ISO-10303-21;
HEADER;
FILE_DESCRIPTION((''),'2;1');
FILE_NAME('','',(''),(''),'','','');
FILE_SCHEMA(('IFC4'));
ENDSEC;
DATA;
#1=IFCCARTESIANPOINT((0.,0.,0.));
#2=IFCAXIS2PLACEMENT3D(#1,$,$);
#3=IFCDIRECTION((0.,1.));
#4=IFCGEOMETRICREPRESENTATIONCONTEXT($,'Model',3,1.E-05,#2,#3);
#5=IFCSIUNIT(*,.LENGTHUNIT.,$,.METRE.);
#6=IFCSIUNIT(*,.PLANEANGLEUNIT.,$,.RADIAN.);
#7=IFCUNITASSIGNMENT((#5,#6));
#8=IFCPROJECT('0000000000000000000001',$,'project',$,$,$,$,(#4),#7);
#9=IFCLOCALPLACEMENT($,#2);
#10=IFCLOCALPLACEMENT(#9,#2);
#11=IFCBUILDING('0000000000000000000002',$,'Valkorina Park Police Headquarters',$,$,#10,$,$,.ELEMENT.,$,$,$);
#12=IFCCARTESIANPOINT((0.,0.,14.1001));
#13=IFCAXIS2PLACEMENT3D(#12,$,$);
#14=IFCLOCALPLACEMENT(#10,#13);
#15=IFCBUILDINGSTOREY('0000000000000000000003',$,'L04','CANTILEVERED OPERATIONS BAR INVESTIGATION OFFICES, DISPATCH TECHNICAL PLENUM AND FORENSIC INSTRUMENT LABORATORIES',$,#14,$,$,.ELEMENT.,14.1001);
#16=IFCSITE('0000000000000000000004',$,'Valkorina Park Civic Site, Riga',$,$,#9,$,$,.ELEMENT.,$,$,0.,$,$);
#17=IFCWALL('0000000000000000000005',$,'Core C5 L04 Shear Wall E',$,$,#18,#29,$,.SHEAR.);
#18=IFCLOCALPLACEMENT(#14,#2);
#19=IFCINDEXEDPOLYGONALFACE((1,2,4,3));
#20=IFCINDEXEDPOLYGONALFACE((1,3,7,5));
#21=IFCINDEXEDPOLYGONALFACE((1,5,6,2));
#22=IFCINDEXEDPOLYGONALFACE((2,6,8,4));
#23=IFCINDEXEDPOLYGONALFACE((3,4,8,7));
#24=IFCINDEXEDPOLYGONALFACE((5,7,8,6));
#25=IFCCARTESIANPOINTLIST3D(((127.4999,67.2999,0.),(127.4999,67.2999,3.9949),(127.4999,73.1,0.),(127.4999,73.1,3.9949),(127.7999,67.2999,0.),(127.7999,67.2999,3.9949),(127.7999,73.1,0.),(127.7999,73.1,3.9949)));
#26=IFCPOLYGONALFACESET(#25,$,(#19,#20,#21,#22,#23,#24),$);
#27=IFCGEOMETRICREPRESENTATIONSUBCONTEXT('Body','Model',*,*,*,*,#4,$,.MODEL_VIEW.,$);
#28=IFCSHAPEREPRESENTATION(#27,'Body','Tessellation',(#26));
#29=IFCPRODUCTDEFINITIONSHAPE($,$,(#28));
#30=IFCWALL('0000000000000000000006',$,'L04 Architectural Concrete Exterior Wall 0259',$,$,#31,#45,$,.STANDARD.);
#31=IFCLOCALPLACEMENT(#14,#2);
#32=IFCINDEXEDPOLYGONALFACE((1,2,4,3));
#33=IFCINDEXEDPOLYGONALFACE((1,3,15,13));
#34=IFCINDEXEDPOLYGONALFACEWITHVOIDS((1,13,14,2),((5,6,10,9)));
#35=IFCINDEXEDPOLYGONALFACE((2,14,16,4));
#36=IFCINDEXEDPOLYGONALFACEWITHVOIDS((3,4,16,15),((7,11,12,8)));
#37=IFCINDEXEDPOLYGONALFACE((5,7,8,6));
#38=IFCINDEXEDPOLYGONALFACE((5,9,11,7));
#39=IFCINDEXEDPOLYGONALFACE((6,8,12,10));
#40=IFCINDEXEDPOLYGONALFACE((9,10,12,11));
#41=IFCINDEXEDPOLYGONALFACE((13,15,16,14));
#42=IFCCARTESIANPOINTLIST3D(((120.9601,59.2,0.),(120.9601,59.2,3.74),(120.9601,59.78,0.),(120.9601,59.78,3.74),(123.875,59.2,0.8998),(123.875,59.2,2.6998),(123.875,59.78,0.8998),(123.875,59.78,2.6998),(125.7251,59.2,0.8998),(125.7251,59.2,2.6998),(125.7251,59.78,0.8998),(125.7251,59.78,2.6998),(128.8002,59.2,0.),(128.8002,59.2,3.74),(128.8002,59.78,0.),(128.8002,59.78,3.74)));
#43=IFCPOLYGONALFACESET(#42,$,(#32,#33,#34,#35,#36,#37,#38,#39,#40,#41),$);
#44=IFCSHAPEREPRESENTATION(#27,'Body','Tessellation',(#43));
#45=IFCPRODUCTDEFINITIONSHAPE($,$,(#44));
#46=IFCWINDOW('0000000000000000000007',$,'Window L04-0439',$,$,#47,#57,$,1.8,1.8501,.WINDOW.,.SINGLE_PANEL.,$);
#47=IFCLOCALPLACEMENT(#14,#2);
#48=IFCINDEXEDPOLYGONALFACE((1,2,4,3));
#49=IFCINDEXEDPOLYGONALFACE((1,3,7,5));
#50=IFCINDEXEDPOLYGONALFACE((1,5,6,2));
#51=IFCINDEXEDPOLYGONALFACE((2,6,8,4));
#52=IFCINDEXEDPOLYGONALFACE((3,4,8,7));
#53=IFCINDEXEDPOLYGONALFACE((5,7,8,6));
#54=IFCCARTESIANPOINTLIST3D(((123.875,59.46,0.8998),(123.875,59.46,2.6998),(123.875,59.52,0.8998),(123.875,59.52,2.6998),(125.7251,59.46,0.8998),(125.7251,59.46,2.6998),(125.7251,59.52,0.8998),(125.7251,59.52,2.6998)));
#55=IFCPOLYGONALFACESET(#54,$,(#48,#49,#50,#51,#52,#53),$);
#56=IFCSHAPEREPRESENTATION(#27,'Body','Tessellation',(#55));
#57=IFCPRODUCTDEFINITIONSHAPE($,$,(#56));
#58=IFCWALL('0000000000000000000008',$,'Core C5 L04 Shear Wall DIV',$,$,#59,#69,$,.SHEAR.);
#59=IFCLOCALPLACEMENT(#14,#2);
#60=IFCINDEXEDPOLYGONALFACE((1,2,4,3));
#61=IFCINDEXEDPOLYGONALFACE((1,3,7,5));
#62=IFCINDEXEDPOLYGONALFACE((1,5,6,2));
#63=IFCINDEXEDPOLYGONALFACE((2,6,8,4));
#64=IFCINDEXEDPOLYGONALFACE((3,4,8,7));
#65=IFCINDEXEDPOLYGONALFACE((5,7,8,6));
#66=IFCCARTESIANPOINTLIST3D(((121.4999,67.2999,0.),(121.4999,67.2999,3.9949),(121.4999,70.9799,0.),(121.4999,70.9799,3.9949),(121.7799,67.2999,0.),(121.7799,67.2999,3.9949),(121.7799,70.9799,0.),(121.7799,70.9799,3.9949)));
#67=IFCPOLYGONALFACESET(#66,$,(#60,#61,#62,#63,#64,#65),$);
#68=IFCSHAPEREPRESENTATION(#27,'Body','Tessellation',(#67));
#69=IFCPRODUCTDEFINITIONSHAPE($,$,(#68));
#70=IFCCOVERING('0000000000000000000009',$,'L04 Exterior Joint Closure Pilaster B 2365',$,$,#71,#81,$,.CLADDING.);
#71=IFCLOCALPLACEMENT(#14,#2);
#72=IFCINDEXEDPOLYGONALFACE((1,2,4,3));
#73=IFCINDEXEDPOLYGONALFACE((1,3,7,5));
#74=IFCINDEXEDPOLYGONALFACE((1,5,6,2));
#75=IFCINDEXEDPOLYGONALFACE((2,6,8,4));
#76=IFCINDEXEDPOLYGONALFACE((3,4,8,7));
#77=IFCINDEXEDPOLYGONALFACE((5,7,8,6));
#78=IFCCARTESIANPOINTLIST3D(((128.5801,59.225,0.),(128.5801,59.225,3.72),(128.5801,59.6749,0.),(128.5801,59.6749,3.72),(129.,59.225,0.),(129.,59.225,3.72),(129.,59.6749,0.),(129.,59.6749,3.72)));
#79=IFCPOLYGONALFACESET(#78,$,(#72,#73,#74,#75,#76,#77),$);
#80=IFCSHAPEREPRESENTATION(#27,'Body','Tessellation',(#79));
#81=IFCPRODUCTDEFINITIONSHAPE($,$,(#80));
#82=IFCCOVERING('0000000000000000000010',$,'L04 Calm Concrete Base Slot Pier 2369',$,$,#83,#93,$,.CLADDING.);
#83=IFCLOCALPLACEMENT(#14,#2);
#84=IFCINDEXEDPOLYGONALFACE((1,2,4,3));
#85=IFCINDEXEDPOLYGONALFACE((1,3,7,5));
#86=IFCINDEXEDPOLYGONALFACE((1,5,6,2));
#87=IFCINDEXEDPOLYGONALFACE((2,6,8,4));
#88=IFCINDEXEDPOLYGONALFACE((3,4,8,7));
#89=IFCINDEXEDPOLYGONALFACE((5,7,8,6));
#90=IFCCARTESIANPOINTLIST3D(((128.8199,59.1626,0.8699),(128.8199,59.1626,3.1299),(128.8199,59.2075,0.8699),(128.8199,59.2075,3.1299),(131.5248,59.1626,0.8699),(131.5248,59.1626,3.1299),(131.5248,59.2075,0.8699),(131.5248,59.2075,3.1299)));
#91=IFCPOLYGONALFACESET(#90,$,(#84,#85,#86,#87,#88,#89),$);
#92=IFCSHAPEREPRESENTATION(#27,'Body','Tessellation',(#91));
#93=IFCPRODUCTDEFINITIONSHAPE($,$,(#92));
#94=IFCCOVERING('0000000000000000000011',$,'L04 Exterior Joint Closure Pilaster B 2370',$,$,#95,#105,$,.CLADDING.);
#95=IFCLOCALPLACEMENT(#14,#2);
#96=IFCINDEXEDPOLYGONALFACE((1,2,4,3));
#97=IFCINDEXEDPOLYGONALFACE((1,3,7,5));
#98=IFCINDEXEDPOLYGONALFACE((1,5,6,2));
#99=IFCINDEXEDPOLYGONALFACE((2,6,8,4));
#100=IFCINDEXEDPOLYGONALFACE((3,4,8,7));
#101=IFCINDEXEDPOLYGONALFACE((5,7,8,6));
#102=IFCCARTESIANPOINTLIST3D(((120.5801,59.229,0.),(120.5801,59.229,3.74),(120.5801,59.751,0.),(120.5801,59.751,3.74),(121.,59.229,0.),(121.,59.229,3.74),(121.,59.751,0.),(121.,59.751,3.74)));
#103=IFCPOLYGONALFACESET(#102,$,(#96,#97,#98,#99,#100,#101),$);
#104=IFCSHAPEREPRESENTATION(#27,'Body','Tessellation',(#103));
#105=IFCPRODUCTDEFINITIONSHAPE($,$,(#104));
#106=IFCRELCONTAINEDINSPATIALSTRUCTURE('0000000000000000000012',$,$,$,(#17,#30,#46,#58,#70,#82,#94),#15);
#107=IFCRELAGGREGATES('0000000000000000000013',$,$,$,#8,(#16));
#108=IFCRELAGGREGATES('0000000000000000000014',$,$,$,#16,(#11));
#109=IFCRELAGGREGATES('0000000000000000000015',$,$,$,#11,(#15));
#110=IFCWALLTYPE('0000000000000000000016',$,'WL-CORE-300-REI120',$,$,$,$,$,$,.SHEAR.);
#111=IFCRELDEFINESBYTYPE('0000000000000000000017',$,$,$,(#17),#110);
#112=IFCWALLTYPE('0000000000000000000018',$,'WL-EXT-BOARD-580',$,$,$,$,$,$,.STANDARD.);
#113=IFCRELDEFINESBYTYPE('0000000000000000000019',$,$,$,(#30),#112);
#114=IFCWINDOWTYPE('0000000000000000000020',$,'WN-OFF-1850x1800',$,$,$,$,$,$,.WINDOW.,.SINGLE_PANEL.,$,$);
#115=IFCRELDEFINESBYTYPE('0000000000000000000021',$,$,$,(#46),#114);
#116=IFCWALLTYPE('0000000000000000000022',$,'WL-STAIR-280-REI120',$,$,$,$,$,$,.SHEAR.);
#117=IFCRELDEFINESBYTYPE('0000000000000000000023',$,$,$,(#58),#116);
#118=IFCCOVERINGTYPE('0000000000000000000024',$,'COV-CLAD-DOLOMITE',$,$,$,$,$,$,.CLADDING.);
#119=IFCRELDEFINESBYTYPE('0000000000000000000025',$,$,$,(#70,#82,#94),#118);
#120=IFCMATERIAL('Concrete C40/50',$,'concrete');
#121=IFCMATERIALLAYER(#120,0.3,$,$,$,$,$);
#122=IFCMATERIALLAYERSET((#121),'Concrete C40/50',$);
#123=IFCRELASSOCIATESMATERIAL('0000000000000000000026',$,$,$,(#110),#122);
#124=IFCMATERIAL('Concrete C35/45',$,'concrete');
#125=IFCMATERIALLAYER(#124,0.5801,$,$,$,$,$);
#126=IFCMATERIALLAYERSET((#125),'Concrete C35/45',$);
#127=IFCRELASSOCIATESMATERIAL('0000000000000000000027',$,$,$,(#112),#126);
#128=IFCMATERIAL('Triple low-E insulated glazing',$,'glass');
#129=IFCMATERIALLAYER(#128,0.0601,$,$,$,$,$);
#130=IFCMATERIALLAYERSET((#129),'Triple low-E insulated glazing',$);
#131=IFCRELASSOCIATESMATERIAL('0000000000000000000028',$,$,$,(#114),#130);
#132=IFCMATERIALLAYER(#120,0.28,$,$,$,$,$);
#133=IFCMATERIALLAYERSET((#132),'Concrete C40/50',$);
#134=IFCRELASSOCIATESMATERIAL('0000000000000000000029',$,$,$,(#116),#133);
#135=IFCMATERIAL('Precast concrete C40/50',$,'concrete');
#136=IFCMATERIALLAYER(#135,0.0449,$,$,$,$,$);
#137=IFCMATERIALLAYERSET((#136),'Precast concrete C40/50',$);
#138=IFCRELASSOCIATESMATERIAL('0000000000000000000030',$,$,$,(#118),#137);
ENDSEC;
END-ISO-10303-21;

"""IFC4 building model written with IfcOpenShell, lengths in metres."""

from ifc_helpers import new_model, si_unit, direction, frame, frame_2d, origin, origin_2d, place, context, subcontext, project, spatial, rectangle, extrude, material, layer, layer_set, type_object, element, fill, save


model = new_model("IFC4")

# Units and contexts
model_context = context("Model", 3, precision=1e-05, world=origin(), true_north=direction((0.0, 1.0)))
body_context = subcontext(model_context, "Body", "Model", "MODEL_VIEW")
ifc_project = project(units=[si_unit("LENGTHUNIT", "METRE"), si_unit("PLANEANGLEUNIT", "RADIAN")], contexts=[model_context])

# Site, building, storey
site_placement = place(None, origin())
site = spatial("IfcSite", under=ifc_project, at=site_placement, Name="Valkorina Park Civic Site, Riga", CompositionType="ELEMENT", RefElevation=0.0)
building_placement = place(site_placement, origin())
building = spatial("IfcBuilding", under=site, at=building_placement, Name="Valkorina Park Police Headquarters", CompositionType="ELEMENT")
storey_placement = place(building_placement, frame((0.0, 0.0, 14.1001)))
storey = spatial("IfcBuildingStorey", under=building, at=storey_placement, Name="L04", Description="CANTILEVERED OPERATIONS BAR INVESTIGATION OFFICES, DISPATCH TECHNICAL PLENUM AND FORENSIC INSTRUMENT LABORATORIES", CompositionType="ELEMENT", Elevation=14.1001)

# Wall
ifc_material_1 = material(Name="Concrete C40/50", Category="concrete")
ifc_layer_1 = layer(ifc_material_1, 0.3)
ifc_layer_set_1 = layer_set([ifc_layer_1], Name="Concrete C40/50")
wall_type_1 = type_object("IfcWallType", Name="WL-CORE-300-REI120", PredefinedType="SHEAR", material=ifc_layer_set_1)
wall_1_placement = place(storey_placement, frame((127.6499, 67.3, 0.0), z_axis=(0.0, 0.0, 1.0), x_axis=(0.0, 1.0, 0.0)))
element("IfcWall", 1, at=wall_1_placement, inside=storey, type_object=wall_type_1, Name="Core C5 L04 Shear Wall E", PredefinedType="SHEAR", context=body_context, shape_type="SweptSolid", body=[
    extrude(rectangle(XDim=5.8, YDim=0.3, at=frame_2d((2.8999, 0.0))), origin(), (0.0, 0.0, 1.0), 3.9949),
])

# Wall, opening, window
ifc_material_2 = material(Name="Concrete C35/45", Category="concrete")
ifc_layer_2 = layer(ifc_material_2, 0.5801)
ifc_layer_set_2 = layer_set([ifc_layer_2], Name="Concrete C35/45")
wall_type_2 = type_object("IfcWallType", Name="WL-EXT-BOARD-580", PredefinedType="STANDARD", material=ifc_layer_set_2)
wall_2_placement = place(storey_placement, frame((128.8, 59.49, 0.0), z_axis=(0.0, 0.0, 1.0), x_axis=(-1.0, 0.0, 0.0)))
wall_2 = element("IfcWall", 2, at=wall_2_placement, inside=storey, type_object=wall_type_2, Name="L04 Architectural Concrete Exterior Wall 0259", PredefinedType="STANDARD", context=body_context, shape_type="SweptSolid", body=[
    extrude(rectangle(XDim=7.8401, YDim=0.5801, at=frame_2d((3.9199, 0.0))), origin(), (0.0, 0.0, 1.0), 3.74),
])
opening_1_placement = place(wall_2_placement, frame((3.075, 0.0, 0.8999)))
opening_1 = element("IfcOpeningElement", 3, at=opening_1_placement, cuts=wall_2, PredefinedType="OPENING", context=body_context, shape_type="SweptSolid", body=[
    extrude(rectangle(XDim=1.8501, YDim=1.8, at=frame_2d((0.925, 0.8999))), frame((0.0, 0.3, 0.0), z_axis=(0.0, -1.0, 0.0), x_axis=(1.0, 0.0, 0.0)), (0.0, 0.0, 1.0), 0.6001),
])
ifc_material_3 = material(Name="Triple low-E insulated glazing", Category="glass")
ifc_layer_3 = layer(ifc_material_3, 0.0601)
ifc_layer_set_3 = layer_set([ifc_layer_3], Name="Triple low-E insulated glazing")
window_type = type_object("IfcWindowType", Name="WN-OFF-1850x1800", PartitioningType="SINGLE_PANEL", PredefinedType="WINDOW", material=ifc_layer_set_3)
window_placement = place(opening_1_placement, origin())
window = element("IfcWindow", 4, at=window_placement, inside=storey, type_object=window_type, Name="Window L04-0439", OverallHeight=1.8, OverallWidth=1.8501, PartitioningType="SINGLE_PANEL", PredefinedType="WINDOW", context=body_context, shape_type="SweptSolid", body=[
    extrude(rectangle(XDim=1.8501, YDim=1.8, at=frame_2d((0.925, 0.8999))), frame((0.0, 0.03, 0.0), z_axis=(0.0, -1.0, 0.0), x_axis=(1.0, 0.0, 0.0)), (0.0, 0.0, 1.0), 0.0601),
])
fill(opening_1, window)

# Wall
ifc_layer_4 = layer(ifc_material_1, 0.28)
ifc_layer_set_4 = layer_set([ifc_layer_4], Name="Concrete C40/50")
wall_type_3 = type_object("IfcWallType", Name="WL-STAIR-280-REI120", PredefinedType="SHEAR", material=ifc_layer_set_4)
wall_3_placement = place(storey_placement, frame((121.6399, 67.3, 0.0), z_axis=(0.0, 0.0, 1.0), x_axis=(0.0, 1.0, 0.0)))
element("IfcWall", 5, at=wall_3_placement, inside=storey, type_object=wall_type_3, Name="Core C5 L04 Shear Wall DIV", PredefinedType="SHEAR", context=body_context, shape_type="SweptSolid", body=[
    extrude(rectangle(XDim=3.6799, YDim=0.28, at=frame_2d((1.8398, 0.0))), origin(), (0.0, 0.0, 1.0), 3.9949),
])

# Coverings
ifc_material_4 = material(Name="Precast concrete C40/50", Category="concrete")
ifc_layer_5 = layer(ifc_material_4, 0.0449)
ifc_layer_set_5 = layer_set([ifc_layer_5], Name="Precast concrete C40/50")
covering_type = type_object("IfcCoveringType", Name="COV-CLAD-DOLOMITE", PredefinedType="CLADDING", material=ifc_layer_set_5)
covering_1_placement = place(storey_placement, frame((128.79, 59.45, 0.0), z_axis=(0.0, 0.0, 1.0), x_axis=(1.0, 0.0, 0.0)))
element("IfcCovering", 6, at=covering_1_placement, inside=storey, type_object=covering_type, Name="L04 Exterior Joint Closure Pilaster B 2365", PredefinedType="CLADDING", context=body_context, shape_type="SweptSolid", body=[
    extrude(rectangle(XDim=0.4199, YDim=0.45, at=origin_2d()), origin(), (0.0, 0.0, 1.0), 3.72),
])
covering_2_placement = place(storey_placement, frame((131.5249, 59.1851, 0.8699), z_axis=(0.0, 0.0, 1.0), x_axis=(-1.0, 0.0, 0.0)))
element("IfcCovering", 7, at=covering_2_placement, inside=storey, type_object=covering_type, Name="L04 Calm Concrete Base Slot Pier 2369", PredefinedType="CLADDING", context=body_context, shape_type="SweptSolid", body=[
    extrude(rectangle(XDim=2.7048, YDim=0.0449, at=frame_2d((1.3525, 0.0))), origin(), (0.0, 0.0, 1.0), 2.26),
])
covering_3_placement = place(storey_placement, frame((120.79, 59.49, 0.0), z_axis=(0.0, 0.0, 1.0), x_axis=(1.0, 0.0, 0.0)))
element("IfcCovering", 8, at=covering_3_placement, inside=storey, type_object=covering_type, Name="L04 Exterior Joint Closure Pilaster B 2370", PredefinedType="CLADDING", context=body_context, shape_type="SweptSolid", body=[
    extrude(rectangle(XDim=0.4199, YDim=0.522, at=origin_2d()), origin(), (0.0, 0.0, 1.0), 3.74),
])

save(model, "model.ifc")
